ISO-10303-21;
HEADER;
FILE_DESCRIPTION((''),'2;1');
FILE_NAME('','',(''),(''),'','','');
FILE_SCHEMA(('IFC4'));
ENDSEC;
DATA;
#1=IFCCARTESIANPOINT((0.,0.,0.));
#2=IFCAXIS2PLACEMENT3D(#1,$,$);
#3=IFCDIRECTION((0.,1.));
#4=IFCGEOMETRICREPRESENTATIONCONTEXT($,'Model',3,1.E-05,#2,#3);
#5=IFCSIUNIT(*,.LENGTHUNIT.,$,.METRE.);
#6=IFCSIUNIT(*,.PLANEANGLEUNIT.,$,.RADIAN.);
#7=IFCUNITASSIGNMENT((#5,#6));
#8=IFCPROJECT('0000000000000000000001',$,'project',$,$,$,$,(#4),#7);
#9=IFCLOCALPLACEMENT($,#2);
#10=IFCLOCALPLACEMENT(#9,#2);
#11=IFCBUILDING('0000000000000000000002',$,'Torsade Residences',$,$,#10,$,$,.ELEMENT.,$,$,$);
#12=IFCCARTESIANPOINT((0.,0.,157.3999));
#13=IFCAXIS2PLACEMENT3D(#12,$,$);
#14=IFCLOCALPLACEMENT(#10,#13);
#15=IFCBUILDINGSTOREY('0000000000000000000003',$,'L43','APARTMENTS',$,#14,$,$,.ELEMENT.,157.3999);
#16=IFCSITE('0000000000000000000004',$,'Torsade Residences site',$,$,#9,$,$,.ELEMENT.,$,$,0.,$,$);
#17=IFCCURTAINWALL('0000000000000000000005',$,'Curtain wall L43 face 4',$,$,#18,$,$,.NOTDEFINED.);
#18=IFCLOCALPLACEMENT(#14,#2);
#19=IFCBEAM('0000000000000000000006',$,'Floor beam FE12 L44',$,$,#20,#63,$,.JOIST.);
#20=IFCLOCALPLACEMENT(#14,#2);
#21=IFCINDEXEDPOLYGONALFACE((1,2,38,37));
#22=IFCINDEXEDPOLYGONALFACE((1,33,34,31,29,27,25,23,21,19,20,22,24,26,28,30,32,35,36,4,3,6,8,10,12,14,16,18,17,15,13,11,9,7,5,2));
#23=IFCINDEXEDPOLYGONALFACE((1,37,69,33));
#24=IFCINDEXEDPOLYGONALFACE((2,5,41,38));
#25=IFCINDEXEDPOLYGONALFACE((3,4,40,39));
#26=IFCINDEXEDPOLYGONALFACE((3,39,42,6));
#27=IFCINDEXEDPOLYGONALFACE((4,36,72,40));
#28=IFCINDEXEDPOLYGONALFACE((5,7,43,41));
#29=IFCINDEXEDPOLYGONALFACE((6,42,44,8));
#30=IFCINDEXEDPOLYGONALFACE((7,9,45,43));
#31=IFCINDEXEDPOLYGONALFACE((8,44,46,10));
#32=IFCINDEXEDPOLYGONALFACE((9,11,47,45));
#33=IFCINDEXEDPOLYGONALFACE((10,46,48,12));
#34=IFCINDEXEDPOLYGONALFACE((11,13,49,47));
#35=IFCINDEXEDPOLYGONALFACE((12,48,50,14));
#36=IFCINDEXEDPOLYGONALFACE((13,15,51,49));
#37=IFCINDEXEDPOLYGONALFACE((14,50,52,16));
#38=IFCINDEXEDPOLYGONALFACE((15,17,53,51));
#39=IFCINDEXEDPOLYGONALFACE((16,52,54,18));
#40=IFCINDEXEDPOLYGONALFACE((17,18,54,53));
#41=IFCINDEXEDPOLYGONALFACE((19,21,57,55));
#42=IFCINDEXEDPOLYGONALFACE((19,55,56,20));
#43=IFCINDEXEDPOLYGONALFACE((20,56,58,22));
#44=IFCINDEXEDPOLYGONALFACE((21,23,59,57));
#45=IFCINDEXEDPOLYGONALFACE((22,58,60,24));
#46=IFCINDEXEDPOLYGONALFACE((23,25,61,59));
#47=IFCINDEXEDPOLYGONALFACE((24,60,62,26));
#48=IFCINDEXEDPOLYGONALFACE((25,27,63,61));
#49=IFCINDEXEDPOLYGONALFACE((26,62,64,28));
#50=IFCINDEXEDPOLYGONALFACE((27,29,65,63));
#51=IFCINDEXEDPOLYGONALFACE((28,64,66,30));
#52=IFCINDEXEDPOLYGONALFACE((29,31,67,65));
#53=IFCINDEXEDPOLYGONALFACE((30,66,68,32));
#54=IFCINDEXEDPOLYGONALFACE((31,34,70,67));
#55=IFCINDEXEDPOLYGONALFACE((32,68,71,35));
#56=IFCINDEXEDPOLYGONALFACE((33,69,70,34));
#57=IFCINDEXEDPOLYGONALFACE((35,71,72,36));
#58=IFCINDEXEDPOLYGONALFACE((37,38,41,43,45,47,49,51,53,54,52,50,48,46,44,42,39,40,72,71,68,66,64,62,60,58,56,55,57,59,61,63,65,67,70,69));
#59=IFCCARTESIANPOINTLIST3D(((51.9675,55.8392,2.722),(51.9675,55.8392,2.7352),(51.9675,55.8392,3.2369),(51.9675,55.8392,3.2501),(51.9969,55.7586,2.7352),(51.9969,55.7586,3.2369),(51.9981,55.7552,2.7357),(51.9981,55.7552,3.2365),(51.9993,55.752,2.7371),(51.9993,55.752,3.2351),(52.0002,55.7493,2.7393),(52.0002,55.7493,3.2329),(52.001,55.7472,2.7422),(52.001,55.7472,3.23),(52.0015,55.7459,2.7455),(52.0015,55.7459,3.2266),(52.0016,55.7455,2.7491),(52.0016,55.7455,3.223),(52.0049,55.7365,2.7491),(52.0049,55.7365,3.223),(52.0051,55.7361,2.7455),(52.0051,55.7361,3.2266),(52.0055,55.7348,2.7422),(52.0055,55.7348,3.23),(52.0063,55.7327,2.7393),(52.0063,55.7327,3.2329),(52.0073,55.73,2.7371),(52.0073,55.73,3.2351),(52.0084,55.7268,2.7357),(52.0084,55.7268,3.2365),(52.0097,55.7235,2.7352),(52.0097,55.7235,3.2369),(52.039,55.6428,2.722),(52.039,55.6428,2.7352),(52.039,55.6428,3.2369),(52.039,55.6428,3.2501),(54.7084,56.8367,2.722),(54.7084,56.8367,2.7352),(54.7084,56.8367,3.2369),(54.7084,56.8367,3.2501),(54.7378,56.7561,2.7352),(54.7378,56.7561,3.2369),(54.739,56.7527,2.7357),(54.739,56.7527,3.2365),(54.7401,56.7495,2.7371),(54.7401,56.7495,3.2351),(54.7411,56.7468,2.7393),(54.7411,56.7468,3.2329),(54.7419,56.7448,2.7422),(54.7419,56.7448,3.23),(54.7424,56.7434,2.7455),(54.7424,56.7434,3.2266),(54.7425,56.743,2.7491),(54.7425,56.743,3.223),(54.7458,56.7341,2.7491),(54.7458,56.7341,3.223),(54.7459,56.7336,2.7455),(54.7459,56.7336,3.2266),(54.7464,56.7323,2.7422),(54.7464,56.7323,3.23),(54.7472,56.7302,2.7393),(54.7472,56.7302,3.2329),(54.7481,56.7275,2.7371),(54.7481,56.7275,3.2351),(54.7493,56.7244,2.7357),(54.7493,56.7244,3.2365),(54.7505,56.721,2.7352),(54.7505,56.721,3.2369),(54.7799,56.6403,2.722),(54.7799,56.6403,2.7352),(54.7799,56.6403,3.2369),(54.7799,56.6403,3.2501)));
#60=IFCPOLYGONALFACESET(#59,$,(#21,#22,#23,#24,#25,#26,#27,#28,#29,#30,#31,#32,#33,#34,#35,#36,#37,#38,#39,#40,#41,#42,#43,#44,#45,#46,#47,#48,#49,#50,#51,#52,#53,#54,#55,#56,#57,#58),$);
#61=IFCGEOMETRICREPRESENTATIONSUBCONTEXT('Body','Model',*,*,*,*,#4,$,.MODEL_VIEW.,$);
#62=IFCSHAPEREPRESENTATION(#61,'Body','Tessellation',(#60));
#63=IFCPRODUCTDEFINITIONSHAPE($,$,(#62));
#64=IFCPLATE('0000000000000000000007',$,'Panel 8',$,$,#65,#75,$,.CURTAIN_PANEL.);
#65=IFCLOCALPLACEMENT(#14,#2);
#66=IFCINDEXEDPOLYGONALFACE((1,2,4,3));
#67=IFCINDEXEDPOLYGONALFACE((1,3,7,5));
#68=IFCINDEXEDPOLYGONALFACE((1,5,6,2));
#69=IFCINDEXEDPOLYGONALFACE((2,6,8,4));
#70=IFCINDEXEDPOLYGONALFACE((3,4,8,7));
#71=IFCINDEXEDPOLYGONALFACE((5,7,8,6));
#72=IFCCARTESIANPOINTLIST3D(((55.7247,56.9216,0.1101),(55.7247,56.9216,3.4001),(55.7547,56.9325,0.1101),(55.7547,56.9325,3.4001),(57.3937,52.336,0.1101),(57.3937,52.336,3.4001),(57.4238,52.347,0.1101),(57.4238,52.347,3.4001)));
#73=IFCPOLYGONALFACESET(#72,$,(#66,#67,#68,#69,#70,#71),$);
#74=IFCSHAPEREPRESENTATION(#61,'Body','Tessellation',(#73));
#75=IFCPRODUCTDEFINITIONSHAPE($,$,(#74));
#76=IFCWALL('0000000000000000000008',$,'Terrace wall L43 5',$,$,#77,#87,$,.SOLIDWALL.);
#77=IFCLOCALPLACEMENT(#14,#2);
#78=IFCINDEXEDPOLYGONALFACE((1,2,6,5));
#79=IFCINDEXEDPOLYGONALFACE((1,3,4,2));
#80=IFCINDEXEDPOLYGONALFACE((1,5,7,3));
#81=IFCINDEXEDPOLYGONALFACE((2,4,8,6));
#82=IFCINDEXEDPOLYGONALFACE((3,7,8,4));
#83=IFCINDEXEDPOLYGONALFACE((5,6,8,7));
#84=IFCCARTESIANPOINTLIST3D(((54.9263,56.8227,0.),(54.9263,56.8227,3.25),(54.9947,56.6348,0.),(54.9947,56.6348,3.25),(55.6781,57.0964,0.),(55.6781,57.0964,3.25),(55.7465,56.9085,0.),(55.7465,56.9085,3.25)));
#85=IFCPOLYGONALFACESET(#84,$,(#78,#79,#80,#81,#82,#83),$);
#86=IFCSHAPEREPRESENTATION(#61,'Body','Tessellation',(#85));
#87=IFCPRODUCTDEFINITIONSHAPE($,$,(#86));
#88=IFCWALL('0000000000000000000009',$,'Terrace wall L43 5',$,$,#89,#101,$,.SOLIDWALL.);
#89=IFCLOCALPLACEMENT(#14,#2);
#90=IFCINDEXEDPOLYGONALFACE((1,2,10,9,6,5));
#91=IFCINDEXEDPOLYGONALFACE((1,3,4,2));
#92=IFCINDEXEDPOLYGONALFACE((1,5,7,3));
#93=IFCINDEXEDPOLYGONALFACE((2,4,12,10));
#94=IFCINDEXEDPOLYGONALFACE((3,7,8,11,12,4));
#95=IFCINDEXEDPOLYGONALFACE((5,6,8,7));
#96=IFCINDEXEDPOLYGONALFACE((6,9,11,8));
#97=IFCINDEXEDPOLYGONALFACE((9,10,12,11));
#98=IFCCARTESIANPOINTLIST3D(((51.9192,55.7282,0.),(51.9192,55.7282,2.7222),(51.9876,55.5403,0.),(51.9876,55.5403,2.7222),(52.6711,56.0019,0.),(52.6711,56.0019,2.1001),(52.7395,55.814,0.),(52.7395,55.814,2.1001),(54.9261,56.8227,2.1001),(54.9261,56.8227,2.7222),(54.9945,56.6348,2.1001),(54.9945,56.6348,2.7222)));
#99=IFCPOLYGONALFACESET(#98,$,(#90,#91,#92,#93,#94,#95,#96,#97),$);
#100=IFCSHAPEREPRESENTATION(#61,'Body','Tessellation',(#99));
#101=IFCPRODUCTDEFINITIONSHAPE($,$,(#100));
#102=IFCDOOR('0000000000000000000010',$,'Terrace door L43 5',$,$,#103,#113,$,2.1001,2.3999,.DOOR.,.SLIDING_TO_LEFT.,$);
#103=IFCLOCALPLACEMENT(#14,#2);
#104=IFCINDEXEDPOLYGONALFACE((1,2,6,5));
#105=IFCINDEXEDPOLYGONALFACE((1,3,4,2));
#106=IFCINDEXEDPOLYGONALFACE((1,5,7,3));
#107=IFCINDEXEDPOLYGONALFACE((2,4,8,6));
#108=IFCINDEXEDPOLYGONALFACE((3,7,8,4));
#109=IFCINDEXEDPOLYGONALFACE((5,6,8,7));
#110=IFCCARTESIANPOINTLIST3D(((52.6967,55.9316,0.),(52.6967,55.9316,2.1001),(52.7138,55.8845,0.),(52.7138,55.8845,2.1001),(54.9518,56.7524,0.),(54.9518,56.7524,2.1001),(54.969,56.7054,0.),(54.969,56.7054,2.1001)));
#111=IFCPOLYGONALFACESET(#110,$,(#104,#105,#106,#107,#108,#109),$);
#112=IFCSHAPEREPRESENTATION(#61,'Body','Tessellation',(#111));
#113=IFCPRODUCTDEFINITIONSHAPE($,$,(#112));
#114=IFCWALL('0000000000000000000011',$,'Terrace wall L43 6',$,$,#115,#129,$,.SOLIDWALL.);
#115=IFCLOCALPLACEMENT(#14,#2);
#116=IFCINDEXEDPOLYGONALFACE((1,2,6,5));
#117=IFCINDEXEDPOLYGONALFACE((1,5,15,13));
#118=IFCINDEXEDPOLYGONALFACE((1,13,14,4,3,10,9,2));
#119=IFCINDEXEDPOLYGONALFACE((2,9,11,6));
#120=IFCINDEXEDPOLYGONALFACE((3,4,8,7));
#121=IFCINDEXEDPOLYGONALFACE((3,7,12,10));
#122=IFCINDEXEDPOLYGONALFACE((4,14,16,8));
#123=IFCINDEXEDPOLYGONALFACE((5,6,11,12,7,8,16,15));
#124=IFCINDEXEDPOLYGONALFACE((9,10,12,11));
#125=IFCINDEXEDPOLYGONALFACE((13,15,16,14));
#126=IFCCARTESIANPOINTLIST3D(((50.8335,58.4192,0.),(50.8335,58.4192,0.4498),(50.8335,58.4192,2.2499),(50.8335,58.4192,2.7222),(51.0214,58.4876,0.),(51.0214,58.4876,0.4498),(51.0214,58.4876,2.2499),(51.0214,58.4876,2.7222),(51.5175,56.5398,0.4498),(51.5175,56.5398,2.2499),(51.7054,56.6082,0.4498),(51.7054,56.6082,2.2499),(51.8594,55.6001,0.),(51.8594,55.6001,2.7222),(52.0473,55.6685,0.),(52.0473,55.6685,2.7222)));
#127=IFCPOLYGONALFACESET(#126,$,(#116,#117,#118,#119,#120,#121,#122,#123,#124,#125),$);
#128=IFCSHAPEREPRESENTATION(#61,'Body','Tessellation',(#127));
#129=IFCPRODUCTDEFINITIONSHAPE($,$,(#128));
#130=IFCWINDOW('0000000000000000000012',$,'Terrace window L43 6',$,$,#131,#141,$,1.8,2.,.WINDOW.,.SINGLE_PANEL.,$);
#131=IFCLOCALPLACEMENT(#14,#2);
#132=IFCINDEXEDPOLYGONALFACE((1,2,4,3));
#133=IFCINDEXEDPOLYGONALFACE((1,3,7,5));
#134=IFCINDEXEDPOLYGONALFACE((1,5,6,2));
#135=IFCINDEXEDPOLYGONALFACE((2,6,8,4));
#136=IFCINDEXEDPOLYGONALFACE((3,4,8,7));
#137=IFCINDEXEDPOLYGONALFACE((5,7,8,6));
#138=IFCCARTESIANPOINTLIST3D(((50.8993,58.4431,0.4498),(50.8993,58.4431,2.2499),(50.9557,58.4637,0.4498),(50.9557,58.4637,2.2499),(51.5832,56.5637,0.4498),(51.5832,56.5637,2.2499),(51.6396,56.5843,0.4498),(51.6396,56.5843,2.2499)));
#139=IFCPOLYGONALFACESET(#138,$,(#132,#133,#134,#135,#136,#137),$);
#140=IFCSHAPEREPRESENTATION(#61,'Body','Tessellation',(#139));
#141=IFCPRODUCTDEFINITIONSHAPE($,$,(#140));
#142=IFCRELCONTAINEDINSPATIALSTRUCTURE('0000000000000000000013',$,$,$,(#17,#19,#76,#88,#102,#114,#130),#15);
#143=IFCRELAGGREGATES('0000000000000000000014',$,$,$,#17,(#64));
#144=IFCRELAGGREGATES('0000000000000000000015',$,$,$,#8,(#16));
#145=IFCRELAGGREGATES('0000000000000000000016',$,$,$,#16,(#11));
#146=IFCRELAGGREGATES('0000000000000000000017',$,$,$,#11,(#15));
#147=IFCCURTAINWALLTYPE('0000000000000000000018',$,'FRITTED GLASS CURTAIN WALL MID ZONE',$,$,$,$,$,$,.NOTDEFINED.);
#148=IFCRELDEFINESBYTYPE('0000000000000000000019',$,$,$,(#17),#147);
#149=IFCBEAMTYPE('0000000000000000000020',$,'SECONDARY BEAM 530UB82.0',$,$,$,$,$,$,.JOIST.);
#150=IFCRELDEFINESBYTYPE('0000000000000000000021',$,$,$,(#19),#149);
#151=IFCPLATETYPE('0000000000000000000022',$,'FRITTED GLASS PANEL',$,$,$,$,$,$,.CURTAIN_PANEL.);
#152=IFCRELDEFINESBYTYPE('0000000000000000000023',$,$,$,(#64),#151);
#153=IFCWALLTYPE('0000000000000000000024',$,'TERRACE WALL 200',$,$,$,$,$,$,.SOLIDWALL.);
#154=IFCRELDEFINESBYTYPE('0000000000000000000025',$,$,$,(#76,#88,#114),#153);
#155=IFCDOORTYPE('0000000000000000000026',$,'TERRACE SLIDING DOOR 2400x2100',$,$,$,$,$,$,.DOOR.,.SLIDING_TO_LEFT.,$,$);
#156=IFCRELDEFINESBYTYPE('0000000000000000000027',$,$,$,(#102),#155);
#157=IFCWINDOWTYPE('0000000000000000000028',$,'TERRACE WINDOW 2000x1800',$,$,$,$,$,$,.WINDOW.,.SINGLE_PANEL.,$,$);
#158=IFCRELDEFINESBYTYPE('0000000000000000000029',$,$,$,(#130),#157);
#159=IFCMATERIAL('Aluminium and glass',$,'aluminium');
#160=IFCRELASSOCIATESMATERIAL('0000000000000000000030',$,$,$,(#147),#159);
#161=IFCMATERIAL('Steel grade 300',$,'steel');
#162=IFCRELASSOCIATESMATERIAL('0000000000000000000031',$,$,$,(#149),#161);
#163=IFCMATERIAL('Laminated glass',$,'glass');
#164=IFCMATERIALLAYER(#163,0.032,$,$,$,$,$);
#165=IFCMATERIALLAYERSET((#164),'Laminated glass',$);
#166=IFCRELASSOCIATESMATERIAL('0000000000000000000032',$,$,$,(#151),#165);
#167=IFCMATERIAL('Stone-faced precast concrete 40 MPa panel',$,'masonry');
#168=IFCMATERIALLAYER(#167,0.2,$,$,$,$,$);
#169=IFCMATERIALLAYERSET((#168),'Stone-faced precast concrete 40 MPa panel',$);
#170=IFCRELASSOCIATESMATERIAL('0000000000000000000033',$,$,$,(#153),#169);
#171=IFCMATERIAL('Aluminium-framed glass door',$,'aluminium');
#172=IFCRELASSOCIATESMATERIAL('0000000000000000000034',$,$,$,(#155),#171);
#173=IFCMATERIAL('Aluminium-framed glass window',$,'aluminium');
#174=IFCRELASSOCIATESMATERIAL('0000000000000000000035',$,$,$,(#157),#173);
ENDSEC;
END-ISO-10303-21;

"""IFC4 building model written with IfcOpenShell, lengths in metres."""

from ifc_helpers import new_model, si_unit, direction, frame, frame_2d, origin, origin_2d, place, context, subcontext, project, spatial, rectangle, i_section, extrude, material, layer, layer_set, material_profile, profile_set, type_object, element, fill, aggregate, save


model = new_model("IFC4")

# Units and contexts
model_context = context("Model", 3, precision=1e-05, world=origin(), true_north=direction((0.0, 1.0)))
body_context = subcontext(model_context, "Body", "Model", "MODEL_VIEW")
ifc_project = project(units=[si_unit("LENGTHUNIT", "METRE"), si_unit("PLANEANGLEUNIT", "RADIAN")], contexts=[model_context])

# Site, building, storey
site_placement = place(None, origin())
site = spatial("IfcSite", under=ifc_project, at=site_placement, Name="Torsade Residences site", CompositionType="ELEMENT", RefElevation=0.0)
building_placement = place(site_placement, origin())
building = spatial("IfcBuilding", under=site, at=building_placement, Name="Torsade Residences", CompositionType="ELEMENT")
storey_placement = place(building_placement, frame((0.0, 0.0, 157.3999)))
storey = spatial("IfcBuildingStorey", under=building, at=storey_placement, Name="L43", Description="APARTMENTS", CompositionType="ELEMENT", Elevation=157.3999)

# Curtain wall
ifc_material_1 = material(Name="Aluminium and glass", Category="aluminium")
curtain_wall_type = type_object("IfcCurtainWallType", Name="FRITTED GLASS CURTAIN WALL MID ZONE", PredefinedType="NOTDEFINED", material=ifc_material_1)
curtain_wall_placement = place(storey_placement, origin())
curtain_wall = element("IfcCurtainWall", 1, at=curtain_wall_placement, inside=storey, type_object=curtain_wall_type, Name="Curtain wall L43 face 4", PredefinedType="NOTDEFINED")

# Beam
ifc_material_2 = material(Name="Steel grade 300", Category="steel")
ifc_material_profile_1 = material_profile(ifc_material_2, i_section(OverallWidth=0.209, OverallDepth=0.5281, WebThickness=0.0095, FlangeThickness=0.0132, FilletRadius=0.0139, at=origin_2d()), Name="530UB82.0")
ifc_profile_set_1 = profile_set([ifc_material_profile_1], Name="Steel grade 300")
beam_type_1 = type_object("IfcBeamType", Name="SECONDARY BEAM 530UB82.0", PredefinedType="JOIST", material=ifc_profile_set_1)
beam_1_placement = place(storey_placement, frame((54.7441, 56.7385, 2.9861), z_axis=(-0.939701, -0.341998, 0.0), x_axis=(0.341998, -0.939701, 0.0)))
element("IfcBeam", 2, at=beam_1_placement, inside=storey, type_object=beam_type_1, Name="Floor beam FE12 L44", PredefinedType="JOIST", context=body_context, shape_type="SweptSolid", body=[
    extrude(i_section(OverallWidth=0.209, OverallDepth=0.5281, WebThickness=0.0095, FlangeThickness=0.0132, FilletRadius=0.0139, at=origin_2d()), origin(), (0.0, 0.0, 1.0), 2.9167),
])

# Plate
ifc_material_3 = material(Name="Laminated glass", Category="glass")
ifc_layer_1 = layer(ifc_material_3, 0.032)
ifc_layer_set_1 = layer_set([ifc_layer_1], Name="Laminated glass")
plate_type = type_object("IfcPlateType", Name="FRITTED GLASS PANEL", PredefinedType="CURTAIN_PANEL", material=ifc_layer_set_1)
plate_placement = place(storey_placement, frame((56.5742, 54.6343, 0.1101), z_axis=(0.0, 0.0, 1.0), x_axis=(-0.34202, 0.939693, 0.0)))
plate = element("IfcPlate", 3, at=plate_placement, type_object=plate_type, Name="Panel 8", PredefinedType="CURTAIN_PANEL", context=body_context, shape_type="SweptSolid", body=[
    extrude(rectangle(XDim=4.8799, YDim=0.032, at=origin_2d()), origin(), (0.0, 0.0, 1.0), 3.29),
])
aggregate(curtain_wall, [plate])

# Wall
ifc_material_4 = material(Name="Stone-faced precast concrete 40 MPa panel", Category="masonry")
ifc_layer_2 = layer(ifc_material_4, 0.2)
ifc_layer_set_2 = layer_set([ifc_layer_2], Name="Stone-faced precast concrete 40 MPa panel")
wall_type = type_object("IfcWallType", Name="TERRACE WALL 200", PredefinedType="SOLIDWALL", material=ifc_layer_set_2)
wall_1_placement = place(storey_placement, frame((55.7122, 57.0024, 0.0), z_axis=(0.0, 0.0, 1.0), x_axis=(-0.93966, -0.342111, 0.0)))
element("IfcWall", 4, at=wall_1_placement, inside=storey, type_object=wall_type, Name="Terrace wall L43 5", PredefinedType="SOLIDWALL", context=body_context, shape_type="SweptSolid", body=[
    extrude(rectangle(XDim=0.8, YDim=0.2, at=frame_2d((0.3999, 0.0))), origin(), (0.0, 0.0, 1.0), 3.25),
])

# Wall, opening, door
wall_2_placement = place(storey_placement, frame((54.9604, 56.7288, 0.0), z_axis=(0.0, 0.0, 1.0), x_axis=(-0.939693, -0.342019, 0.0)))
wall_2 = element("IfcWall", 5, at=wall_2_placement, inside=storey, type_object=wall_type, Name="Terrace wall L43 5", PredefinedType="SOLIDWALL", context=body_context, shape_type="SweptSolid", body=[
    extrude(rectangle(XDim=3.2, YDim=0.2, at=frame_2d((1.6001, 0.0))), origin(), (0.0, 0.0, 1.0), 2.7222),
])
opening_1_placement = place(wall_2_placement, origin())
opening_1 = element("IfcOpeningElement", 6, at=opening_1_placement, cuts=wall_2, PredefinedType="OPENING", context=body_context, shape_type="SweptSolid", body=[
    extrude(rectangle(XDim=2.3999, YDim=2.1001, at=frame_2d((1.2, 1.05))), frame((0.0, 0.1099, 0.0), z_axis=(0.0, -1.0, 0.0), x_axis=(1.0, 0.0, 0.0)), (0.0, 0.0, 1.0), 0.22),
])
ifc_material_5 = material(Name="Aluminium-framed glass door", Category="aluminium")
door_type = type_object("IfcDoorType", Name="TERRACE SLIDING DOOR 2400x2100", OperationType="SLIDING_TO_LEFT", PredefinedType="DOOR", material=ifc_material_5)
door_placement = place(opening_1_placement, origin())
door = element("IfcDoor", 7, at=door_placement, inside=storey, type_object=door_type, Name="Terrace door L43 5", OperationType="SLIDING_TO_LEFT", OverallHeight=2.1001, OverallWidth=2.3999, PredefinedType="DOOR", context=body_context, shape_type="SweptSolid", body=[
    extrude(rectangle(XDim=2.3999, YDim=2.1001, at=frame_2d((1.2, 1.05))), frame((0.0, 0.0249, 0.0), z_axis=(0.0, -1.0, 0.0), x_axis=(1.0, 0.0, 0.0)), (0.0, 0.0, 1.0), 0.05),
])
fill(opening_1, door)

# Wall, opening, window
wall_3_placement = place(storey_placement, frame((51.9534, 55.6343, 0.0), z_axis=(0.0, 0.0, 1.0), x_axis=(-0.341965, 0.939713, 0.0)))
wall_3 = element("IfcWall", 8, at=wall_3_placement, inside=storey, type_object=wall_type, Name="Terrace wall L43 6", PredefinedType="SOLIDWALL", context=body_context, shape_type="SweptSolid", body=[
    extrude(rectangle(XDim=3.0, YDim=0.2, at=frame_2d((1.5, 0.0))), origin(), (0.0, 0.0, 1.0), 2.7222),
])
opening_2_placement = place(wall_3_placement, frame((1.0, 0.0, 0.45)))
opening_2 = element("IfcOpeningElement", 9, at=opening_2_placement, cuts=wall_3, PredefinedType="OPENING", context=body_context, shape_type="SweptSolid", body=[
    extrude(rectangle(XDim=2.0, YDim=1.8, at=frame_2d((1.0, 0.8999))), frame((0.0, 0.1099, 0.0), z_axis=(0.0, -1.0, 0.0), x_axis=(1.0, 0.0, 0.0)), (0.0, 0.0, 1.0), 0.22),
])
ifc_material_6 = material(Name="Aluminium-framed glass window", Category="aluminium")
window_type = type_object("IfcWindowType", Name="TERRACE WINDOW 2000x1800", PartitioningType="SINGLE_PANEL", PredefinedType="WINDOW", material=ifc_material_6)
window_placement = place(opening_2_placement, origin())
window = element("IfcWindow", 10, at=window_placement, inside=storey, type_object=window_type, Name="Terrace window L43 6", OverallHeight=1.8, OverallWidth=2.0, PartitioningType="SINGLE_PANEL", PredefinedType="WINDOW", context=body_context, shape_type="SweptSolid", body=[
    extrude(rectangle(XDim=2.0, YDim=1.8, at=frame_2d((1.0, 0.8999))), frame((0.0, 0.03, 0.0), z_axis=(0.0, -1.0, 0.0), x_axis=(1.0, 0.0, 0.0)), (0.0, 0.0, 1.0), 0.0601),
])
fill(opening_2, window)

save(model, "model.ifc")
